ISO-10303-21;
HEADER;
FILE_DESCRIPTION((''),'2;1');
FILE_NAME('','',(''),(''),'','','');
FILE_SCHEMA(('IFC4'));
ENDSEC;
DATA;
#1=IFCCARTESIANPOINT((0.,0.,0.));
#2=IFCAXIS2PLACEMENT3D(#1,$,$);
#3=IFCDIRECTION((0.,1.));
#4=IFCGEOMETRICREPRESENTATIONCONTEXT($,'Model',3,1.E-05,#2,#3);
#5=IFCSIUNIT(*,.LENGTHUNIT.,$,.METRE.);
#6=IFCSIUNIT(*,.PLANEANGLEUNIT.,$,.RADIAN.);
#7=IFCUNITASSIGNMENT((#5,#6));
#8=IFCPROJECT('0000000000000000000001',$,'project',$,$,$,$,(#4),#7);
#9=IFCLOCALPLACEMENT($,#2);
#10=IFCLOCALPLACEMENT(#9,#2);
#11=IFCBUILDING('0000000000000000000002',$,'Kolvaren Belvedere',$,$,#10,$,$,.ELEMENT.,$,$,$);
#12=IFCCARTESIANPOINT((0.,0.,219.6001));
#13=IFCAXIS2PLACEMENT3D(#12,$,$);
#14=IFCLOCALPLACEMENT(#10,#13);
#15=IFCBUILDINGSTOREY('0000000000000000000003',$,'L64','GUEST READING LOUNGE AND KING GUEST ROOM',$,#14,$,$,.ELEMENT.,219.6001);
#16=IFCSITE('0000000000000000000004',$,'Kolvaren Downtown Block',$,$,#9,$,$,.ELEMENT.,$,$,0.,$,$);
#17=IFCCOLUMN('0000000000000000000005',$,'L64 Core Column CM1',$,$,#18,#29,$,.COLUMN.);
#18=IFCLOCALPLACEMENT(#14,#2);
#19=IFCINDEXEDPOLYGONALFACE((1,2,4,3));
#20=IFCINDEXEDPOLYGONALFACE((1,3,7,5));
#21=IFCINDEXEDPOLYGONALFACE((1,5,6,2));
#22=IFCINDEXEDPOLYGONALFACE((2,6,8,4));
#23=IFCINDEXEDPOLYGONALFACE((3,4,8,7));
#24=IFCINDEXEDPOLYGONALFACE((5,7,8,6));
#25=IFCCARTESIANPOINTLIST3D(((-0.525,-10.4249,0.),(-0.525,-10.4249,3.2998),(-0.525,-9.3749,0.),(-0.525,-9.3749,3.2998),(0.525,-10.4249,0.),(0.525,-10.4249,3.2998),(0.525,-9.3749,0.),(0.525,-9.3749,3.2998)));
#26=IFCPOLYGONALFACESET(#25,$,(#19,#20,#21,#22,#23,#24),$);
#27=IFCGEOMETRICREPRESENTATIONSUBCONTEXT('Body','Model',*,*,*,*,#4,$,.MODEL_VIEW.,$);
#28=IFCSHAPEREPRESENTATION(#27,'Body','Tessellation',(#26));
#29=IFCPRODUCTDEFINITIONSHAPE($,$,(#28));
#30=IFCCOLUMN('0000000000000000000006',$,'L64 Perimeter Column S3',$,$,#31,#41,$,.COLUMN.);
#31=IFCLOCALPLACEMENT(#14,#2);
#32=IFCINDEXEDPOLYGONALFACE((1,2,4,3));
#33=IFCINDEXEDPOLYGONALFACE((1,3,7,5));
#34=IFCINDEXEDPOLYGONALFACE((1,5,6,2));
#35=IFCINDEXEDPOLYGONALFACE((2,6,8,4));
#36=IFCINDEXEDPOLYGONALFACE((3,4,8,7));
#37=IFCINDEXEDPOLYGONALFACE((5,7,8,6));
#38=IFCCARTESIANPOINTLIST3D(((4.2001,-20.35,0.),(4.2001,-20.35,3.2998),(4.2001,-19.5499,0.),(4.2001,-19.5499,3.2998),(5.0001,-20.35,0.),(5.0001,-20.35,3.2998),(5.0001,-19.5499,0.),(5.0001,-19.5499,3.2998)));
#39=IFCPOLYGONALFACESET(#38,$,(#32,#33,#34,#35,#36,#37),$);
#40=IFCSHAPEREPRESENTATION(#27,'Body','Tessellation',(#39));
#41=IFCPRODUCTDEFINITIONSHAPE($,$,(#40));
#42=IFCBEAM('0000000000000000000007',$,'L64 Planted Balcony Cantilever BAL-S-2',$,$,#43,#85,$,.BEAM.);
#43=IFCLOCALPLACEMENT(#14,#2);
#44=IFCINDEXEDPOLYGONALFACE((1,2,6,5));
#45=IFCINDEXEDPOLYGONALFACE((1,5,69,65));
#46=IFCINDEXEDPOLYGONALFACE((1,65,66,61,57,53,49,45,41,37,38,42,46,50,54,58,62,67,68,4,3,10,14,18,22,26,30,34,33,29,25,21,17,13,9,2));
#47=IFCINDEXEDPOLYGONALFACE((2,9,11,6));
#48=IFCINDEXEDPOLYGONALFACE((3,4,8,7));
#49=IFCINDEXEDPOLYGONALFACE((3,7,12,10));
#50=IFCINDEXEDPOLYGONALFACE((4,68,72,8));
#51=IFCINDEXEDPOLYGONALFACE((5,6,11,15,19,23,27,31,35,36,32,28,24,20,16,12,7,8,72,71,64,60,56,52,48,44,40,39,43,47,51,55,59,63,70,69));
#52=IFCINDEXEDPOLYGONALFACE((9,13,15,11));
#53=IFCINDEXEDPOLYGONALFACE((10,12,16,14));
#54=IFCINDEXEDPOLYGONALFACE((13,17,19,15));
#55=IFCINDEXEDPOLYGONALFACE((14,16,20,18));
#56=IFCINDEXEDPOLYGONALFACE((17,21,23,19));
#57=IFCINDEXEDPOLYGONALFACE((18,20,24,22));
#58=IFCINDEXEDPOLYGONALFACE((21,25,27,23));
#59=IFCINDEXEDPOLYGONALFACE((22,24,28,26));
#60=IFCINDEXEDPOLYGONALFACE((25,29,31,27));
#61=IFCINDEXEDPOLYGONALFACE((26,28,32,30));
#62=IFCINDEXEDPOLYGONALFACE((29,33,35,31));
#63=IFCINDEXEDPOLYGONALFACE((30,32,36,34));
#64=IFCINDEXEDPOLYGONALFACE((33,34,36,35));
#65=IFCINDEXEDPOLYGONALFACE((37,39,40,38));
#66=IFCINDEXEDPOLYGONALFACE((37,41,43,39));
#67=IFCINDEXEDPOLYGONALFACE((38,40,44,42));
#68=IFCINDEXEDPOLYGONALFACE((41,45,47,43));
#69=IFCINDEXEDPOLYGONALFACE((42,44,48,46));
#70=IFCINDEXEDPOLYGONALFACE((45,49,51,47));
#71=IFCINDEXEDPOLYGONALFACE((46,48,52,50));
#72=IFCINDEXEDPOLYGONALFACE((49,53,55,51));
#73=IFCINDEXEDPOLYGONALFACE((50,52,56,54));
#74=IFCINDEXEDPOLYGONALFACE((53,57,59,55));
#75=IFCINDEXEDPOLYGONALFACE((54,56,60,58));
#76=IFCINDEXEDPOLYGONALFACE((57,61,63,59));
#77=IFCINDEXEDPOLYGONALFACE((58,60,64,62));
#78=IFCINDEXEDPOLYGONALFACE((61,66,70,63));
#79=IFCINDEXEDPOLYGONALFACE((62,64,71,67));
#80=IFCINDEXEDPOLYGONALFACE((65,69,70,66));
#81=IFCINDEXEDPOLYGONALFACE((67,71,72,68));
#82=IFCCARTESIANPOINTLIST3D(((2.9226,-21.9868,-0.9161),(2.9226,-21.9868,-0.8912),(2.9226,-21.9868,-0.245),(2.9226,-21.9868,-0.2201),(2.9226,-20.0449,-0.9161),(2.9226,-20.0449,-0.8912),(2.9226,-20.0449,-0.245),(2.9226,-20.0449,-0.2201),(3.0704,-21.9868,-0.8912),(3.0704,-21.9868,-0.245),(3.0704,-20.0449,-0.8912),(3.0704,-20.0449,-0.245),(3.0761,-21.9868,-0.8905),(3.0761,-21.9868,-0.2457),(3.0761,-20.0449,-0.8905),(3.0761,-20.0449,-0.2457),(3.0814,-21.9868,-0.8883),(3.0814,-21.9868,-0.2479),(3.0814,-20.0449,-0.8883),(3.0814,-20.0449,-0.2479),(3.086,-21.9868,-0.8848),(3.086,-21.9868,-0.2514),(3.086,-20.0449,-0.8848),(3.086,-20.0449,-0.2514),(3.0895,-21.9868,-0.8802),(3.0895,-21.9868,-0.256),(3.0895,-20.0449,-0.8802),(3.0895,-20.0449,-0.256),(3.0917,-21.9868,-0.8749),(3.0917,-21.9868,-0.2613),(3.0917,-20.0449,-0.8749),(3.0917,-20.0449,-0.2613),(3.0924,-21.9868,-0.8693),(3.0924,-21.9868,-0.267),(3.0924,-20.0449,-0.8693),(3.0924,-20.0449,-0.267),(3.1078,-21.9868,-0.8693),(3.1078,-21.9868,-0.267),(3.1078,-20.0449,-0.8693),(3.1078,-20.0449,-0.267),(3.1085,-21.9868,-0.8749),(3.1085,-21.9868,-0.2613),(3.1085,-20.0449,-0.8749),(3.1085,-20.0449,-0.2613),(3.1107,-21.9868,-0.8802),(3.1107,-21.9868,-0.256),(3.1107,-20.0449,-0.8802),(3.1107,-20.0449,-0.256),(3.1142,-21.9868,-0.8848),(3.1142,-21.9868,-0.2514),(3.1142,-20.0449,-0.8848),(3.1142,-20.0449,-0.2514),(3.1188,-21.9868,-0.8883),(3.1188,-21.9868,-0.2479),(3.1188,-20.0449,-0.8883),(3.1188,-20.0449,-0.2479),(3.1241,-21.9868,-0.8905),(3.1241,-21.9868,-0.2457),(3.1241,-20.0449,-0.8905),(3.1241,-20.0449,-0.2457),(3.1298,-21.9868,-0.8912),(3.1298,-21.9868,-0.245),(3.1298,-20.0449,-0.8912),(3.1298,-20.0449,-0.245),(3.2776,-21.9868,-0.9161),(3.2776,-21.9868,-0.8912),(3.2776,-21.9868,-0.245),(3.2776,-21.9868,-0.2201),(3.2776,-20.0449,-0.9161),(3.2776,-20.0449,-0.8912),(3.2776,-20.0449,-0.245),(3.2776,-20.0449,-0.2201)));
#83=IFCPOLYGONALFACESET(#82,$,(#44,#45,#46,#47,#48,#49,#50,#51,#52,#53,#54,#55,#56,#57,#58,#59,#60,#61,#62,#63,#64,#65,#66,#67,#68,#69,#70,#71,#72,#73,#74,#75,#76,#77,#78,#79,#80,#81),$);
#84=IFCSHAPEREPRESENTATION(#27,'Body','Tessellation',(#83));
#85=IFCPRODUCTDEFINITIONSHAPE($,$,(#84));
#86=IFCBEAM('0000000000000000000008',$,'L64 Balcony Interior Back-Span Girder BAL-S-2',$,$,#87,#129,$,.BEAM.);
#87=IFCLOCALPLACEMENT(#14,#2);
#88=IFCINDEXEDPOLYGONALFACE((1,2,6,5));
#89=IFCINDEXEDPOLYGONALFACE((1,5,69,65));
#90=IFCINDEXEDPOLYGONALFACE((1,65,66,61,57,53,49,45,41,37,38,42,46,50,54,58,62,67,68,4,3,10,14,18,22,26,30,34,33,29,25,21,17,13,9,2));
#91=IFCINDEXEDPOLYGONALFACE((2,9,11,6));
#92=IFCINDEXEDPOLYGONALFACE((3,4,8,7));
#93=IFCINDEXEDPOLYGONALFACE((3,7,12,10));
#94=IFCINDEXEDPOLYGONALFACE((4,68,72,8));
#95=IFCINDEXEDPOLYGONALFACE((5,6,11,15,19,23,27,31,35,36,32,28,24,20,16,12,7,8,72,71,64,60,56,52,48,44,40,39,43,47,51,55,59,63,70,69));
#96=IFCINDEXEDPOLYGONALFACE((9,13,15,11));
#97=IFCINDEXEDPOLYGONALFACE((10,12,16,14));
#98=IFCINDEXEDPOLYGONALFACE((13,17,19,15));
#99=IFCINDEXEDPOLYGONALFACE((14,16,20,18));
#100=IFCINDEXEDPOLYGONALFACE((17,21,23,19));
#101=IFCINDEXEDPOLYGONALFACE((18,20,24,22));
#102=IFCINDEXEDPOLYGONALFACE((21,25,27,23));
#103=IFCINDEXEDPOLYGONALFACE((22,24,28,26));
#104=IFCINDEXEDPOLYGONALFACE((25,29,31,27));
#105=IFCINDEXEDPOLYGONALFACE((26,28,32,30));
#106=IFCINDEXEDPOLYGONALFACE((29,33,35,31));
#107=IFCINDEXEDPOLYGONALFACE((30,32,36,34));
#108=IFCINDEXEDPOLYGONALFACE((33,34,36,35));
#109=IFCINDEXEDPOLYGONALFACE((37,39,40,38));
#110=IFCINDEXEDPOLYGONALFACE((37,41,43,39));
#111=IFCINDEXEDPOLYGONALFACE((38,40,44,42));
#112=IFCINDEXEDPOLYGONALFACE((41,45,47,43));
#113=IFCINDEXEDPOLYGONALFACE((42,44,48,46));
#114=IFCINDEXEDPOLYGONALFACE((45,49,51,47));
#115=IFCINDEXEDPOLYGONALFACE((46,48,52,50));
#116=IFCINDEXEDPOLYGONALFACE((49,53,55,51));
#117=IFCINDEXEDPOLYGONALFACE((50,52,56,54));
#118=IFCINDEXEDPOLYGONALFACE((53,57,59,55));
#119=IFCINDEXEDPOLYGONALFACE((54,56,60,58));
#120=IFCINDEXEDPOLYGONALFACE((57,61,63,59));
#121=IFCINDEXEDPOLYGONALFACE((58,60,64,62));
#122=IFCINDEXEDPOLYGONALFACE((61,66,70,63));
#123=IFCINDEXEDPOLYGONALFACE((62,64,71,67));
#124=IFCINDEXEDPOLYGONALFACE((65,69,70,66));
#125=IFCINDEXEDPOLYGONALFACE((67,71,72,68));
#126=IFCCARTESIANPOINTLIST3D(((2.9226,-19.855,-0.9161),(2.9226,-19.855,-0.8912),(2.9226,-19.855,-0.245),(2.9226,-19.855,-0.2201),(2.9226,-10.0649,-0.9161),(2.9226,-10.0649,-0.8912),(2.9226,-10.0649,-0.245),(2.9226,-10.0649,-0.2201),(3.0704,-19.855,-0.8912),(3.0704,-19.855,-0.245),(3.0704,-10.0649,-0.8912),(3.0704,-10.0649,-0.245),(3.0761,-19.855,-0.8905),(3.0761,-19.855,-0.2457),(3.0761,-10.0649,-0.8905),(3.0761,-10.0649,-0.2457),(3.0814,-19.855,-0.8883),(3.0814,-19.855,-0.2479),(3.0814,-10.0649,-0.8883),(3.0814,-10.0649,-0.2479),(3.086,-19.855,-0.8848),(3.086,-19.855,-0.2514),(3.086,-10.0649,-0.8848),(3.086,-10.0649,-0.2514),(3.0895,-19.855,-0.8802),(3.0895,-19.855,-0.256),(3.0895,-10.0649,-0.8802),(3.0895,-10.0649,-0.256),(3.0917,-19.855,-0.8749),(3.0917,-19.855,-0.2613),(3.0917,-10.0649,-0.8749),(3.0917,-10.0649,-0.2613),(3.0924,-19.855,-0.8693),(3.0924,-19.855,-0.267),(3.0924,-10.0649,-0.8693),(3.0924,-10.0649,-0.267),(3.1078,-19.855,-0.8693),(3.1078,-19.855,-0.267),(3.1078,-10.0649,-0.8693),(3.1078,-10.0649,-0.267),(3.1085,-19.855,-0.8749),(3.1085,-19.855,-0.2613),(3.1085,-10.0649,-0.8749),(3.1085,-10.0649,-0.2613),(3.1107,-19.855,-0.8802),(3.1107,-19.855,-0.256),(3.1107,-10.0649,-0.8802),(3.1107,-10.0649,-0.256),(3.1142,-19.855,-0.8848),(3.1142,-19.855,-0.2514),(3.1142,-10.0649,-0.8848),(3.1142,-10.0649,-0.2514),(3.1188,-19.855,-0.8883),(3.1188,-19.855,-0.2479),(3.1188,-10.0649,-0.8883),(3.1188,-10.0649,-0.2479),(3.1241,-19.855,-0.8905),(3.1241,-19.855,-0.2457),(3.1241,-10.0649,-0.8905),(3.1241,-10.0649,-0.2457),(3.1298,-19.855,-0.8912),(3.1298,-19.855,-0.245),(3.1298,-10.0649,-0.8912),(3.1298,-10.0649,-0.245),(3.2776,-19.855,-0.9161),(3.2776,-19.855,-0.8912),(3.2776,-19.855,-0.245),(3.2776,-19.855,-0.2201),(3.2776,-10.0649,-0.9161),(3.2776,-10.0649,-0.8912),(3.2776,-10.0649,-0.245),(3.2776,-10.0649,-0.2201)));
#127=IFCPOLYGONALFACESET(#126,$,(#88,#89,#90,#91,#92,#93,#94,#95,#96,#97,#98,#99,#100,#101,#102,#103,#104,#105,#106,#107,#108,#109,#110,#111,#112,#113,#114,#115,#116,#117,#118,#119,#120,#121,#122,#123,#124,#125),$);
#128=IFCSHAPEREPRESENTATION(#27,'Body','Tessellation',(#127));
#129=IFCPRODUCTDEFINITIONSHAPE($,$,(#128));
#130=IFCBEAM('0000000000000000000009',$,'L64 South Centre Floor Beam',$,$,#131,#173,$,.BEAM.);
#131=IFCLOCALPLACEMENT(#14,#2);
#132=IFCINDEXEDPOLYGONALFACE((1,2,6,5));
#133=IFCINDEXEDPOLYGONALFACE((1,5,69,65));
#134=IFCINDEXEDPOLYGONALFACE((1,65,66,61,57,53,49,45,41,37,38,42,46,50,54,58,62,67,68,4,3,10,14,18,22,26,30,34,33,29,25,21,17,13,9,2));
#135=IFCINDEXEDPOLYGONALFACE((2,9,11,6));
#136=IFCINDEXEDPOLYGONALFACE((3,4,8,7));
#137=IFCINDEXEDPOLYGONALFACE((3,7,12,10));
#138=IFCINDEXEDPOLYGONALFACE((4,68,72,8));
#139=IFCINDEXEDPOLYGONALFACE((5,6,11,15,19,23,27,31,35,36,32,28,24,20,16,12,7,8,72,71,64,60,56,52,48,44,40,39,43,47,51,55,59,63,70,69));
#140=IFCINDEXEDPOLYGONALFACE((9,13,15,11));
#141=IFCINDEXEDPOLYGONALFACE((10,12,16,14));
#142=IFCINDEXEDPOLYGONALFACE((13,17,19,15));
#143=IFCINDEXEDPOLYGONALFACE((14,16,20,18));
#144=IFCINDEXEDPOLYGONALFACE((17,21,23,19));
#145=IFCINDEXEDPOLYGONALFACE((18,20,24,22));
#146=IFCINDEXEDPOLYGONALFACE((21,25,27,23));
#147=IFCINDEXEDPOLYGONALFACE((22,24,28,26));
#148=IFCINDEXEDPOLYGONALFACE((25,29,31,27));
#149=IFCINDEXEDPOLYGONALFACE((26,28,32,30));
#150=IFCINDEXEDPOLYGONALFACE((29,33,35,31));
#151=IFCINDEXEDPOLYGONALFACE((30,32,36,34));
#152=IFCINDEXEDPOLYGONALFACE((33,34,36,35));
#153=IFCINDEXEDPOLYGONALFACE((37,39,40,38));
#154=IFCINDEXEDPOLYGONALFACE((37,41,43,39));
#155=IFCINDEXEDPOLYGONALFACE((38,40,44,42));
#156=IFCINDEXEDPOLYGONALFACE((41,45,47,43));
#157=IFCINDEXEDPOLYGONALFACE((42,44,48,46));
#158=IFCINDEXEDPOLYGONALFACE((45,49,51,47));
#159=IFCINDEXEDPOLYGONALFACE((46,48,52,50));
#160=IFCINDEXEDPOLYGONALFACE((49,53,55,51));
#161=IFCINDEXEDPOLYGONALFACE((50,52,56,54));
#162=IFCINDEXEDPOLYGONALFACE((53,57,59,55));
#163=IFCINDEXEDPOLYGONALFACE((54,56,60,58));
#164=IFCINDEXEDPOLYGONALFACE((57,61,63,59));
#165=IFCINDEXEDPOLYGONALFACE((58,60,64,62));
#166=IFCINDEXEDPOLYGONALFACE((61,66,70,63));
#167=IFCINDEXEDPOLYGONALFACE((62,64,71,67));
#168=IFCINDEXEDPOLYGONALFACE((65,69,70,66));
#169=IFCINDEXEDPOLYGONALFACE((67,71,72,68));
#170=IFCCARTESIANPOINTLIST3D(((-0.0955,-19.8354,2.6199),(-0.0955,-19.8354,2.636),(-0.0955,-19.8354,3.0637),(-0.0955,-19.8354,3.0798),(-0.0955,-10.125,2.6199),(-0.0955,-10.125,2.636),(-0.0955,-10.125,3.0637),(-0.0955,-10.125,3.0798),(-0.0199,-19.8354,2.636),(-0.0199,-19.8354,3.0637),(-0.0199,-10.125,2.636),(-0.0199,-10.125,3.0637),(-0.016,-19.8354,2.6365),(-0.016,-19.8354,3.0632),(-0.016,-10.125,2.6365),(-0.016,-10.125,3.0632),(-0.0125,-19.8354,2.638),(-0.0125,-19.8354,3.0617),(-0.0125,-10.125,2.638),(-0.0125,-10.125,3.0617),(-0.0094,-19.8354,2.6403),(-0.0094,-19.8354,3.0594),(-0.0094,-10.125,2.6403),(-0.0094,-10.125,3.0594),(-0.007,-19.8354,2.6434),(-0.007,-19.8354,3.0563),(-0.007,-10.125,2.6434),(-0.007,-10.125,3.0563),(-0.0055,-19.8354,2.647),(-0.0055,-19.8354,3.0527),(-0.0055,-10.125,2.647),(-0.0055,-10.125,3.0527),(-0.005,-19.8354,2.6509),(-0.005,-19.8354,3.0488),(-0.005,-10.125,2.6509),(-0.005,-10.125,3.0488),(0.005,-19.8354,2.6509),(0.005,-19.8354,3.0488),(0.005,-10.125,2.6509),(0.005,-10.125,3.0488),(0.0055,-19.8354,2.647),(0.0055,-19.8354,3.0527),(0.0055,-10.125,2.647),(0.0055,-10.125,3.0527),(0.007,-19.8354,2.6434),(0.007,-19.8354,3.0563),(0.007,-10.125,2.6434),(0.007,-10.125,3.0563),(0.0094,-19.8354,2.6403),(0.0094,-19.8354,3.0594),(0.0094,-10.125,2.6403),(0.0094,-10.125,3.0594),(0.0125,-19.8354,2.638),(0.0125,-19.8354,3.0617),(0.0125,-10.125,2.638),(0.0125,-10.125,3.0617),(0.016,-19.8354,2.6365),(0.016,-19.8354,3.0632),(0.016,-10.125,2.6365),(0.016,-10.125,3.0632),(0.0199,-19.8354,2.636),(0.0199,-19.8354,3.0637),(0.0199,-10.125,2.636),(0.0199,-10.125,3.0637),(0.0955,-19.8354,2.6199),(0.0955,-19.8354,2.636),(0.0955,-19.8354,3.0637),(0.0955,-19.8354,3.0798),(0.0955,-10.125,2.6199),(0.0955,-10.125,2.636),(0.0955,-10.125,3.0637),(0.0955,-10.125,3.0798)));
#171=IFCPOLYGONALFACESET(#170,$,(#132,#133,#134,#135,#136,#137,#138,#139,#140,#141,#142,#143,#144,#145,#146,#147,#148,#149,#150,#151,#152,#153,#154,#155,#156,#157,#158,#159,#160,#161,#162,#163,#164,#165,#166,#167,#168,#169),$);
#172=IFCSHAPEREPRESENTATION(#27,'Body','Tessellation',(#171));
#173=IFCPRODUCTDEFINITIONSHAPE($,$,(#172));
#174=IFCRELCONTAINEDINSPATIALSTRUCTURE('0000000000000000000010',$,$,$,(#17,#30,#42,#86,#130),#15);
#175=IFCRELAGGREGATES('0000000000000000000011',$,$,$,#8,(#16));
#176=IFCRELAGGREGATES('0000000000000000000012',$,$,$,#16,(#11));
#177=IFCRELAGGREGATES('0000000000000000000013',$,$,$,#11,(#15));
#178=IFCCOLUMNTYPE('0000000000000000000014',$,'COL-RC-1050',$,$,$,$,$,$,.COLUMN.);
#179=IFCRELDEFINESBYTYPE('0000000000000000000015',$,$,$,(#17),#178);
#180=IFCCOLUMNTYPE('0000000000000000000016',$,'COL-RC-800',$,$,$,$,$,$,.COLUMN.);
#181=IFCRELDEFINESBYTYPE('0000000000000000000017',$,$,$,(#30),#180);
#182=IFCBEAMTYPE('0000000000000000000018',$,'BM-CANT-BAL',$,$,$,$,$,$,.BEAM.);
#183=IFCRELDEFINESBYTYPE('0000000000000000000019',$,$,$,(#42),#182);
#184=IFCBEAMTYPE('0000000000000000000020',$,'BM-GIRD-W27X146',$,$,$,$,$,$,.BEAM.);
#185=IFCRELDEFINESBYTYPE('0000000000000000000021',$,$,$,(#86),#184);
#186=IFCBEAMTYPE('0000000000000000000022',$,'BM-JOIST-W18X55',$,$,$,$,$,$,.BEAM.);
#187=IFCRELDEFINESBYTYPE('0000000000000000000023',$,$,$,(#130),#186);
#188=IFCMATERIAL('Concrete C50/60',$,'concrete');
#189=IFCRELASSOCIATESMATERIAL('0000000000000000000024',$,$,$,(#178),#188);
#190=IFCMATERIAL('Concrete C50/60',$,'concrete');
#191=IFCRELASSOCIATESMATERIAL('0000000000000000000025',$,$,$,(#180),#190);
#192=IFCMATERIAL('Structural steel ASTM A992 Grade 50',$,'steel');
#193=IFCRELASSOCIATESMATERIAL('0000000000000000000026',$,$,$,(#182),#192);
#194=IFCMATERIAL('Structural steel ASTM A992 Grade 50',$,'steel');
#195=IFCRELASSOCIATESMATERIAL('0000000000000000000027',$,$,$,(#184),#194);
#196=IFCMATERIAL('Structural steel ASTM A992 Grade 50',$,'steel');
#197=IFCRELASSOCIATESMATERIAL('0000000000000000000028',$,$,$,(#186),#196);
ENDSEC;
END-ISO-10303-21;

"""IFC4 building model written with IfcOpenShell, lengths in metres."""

from ifc_helpers import new_model, si_unit, direction, frame, origin, origin_2d, place, context, subcontext, project, spatial, rectangle, i_section, extrude, material, material_profile, profile_set, type_object, element, save


model = new_model("IFC4")

# Units and contexts
model_context = context("Model", 3, precision=1e-05, world=origin(), true_north=direction((0.0, 1.0)))
body_context = subcontext(model_context, "Body", "Model", "MODEL_VIEW")
ifc_project = project(units=[si_unit("LENGTHUNIT", "METRE"), si_unit("PLANEANGLEUNIT", "RADIAN")], contexts=[model_context])

# Site, building, storey
site_placement = place(None, origin())
site = spatial("IfcSite", under=ifc_project, at=site_placement, Name="Kolvaren Downtown Block", CompositionType="ELEMENT", RefElevation=0.0)
building_placement = place(site_placement, origin())
building = spatial("IfcBuilding", under=site, at=building_placement, Name="Kolvaren Belvedere", CompositionType="ELEMENT")
storey_placement = place(building_placement, frame((0.0, 0.0, 219.6001)))
storey = spatial("IfcBuildingStorey", under=building, at=storey_placement, Name="L64", Description="GUEST READING LOUNGE AND KING GUEST ROOM", CompositionType="ELEMENT", Elevation=219.6001)

# Columns
ifc_material_1 = material(Name="Concrete C50/60", Category="concrete")
ifc_material_profile_1 = material_profile(ifc_material_1, rectangle(XDim=1.05, YDim=1.05, at=origin_2d()), Name="RC 1050X1050")
ifc_profile_set_1 = profile_set([ifc_material_profile_1], Name="Concrete C50/60")
column_type_1 = type_object("IfcColumnType", Name="COL-RC-1050", PredefinedType="COLUMN", material=ifc_profile_set_1)
column_1_placement = place(storey_placement, frame((0.0, -9.8999, 0.0), z_axis=(0.0, 0.0, 1.0), x_axis=(1.0, 0.0, 0.0)))
element("IfcColumn", 1, at=column_1_placement, inside=storey, type_object=column_type_1, Name="L64 Core Column CM1", PredefinedType="COLUMN", context=body_context, shape_type="SweptSolid", body=[
    extrude(rectangle(XDim=1.05, YDim=1.05, at=origin_2d()), origin(), (0.0, 0.0, 1.0), 3.2998),
])
ifc_material_2 = material(Name="Concrete C50/60", Category="concrete")
ifc_material_profile_2 = material_profile(ifc_material_2, rectangle(XDim=0.8, YDim=0.8, at=origin_2d()), Name="RC 800X800")
ifc_profile_set_2 = profile_set([ifc_material_profile_2], Name="Concrete C50/60")
column_type_2 = type_object("IfcColumnType", Name="COL-RC-800", PredefinedType="COLUMN", material=ifc_profile_set_2)
column_2_placement = place(storey_placement, frame((4.6001, -19.95, 0.0), z_axis=(0.0, 0.0, 1.0), x_axis=(1.0, 0.0, 0.0)))
element("IfcColumn", 2, at=column_2_placement, inside=storey, type_object=column_type_2, Name="L64 Perimeter Column S3", PredefinedType="COLUMN", context=body_context, shape_type="SweptSolid", body=[
    extrude(rectangle(XDim=0.8, YDim=0.8, at=origin_2d()), origin(), (0.0, 0.0, 1.0), 3.2998),
])

# Beams
ifc_material_3 = material(Name="Structural steel ASTM A992 Grade 50", Category="steel")
ifc_material_profile_3 = material_profile(ifc_material_3, i_section(OverallWidth=0.355, OverallDepth=0.696, WebThickness=0.0154, FlangeThickness=0.0249, FilletRadius=0.022, at=origin_2d()), Name="W27X146")
ifc_profile_set_3 = profile_set([ifc_material_profile_3], Name="Structural steel ASTM A992 Grade 50")
beam_type_1 = type_object("IfcBeamType", Name="BM-CANT-BAL", PredefinedType="BEAM", material=ifc_profile_set_3)
beam_1_placement = place(storey_placement, frame((3.1001, -20.0449, -0.5681), z_axis=(0.0, -1.0, 0.0), x_axis=(1.0, 0.0, 0.0)))
element("IfcBeam", 3, at=beam_1_placement, inside=storey, type_object=beam_type_1, Name="L64 Planted Balcony Cantilever BAL-S-2", PredefinedType="BEAM", context=body_context, shape_type="SweptSolid", body=[
    extrude(i_section(OverallWidth=0.355, OverallDepth=0.696, WebThickness=0.0154, FlangeThickness=0.0249, FilletRadius=0.022, at=origin_2d()), origin(), (0.0, 0.0, 1.0), 1.9419),
])
ifc_material_4 = material(Name="Structural steel ASTM A992 Grade 50", Category="steel")
ifc_material_profile_4 = material_profile(ifc_material_4, i_section(OverallWidth=0.355, OverallDepth=0.696, WebThickness=0.0154, FlangeThickness=0.0249, FilletRadius=0.022, at=origin_2d()), Name="W27X146")
ifc_profile_set_4 = profile_set([ifc_material_profile_4], Name="Structural steel ASTM A992 Grade 50")
beam_type_2 = type_object("IfcBeamType", Name="BM-GIRD-W27X146", PredefinedType="BEAM", material=ifc_profile_set_4)
beam_2_placement = place(storey_placement, frame((3.1001, -10.0649, -0.5681), z_axis=(0.0, -1.0, 0.0), x_axis=(1.0, 0.0, 0.0)))
element("IfcBeam", 4, at=beam_2_placement, inside=storey, type_object=beam_type_2, Name="L64 Balcony Interior Back-Span Girder BAL-S-2", PredefinedType="BEAM", context=body_context, shape_type="SweptSolid", body=[
    extrude(i_section(OverallWidth=0.355, OverallDepth=0.696, WebThickness=0.0154, FlangeThickness=0.0249, FilletRadius=0.022, at=origin_2d()), origin(), (0.0, 0.0, 1.0), 9.79),
])
ifc_material_5 = material(Name="Structural steel ASTM A992 Grade 50", Category="steel")
ifc_material_profile_5 = material_profile(ifc_material_5, i_section(OverallWidth=0.1909, OverallDepth=0.46, WebThickness=0.01, FlangeThickness=0.0161, FilletRadius=0.0149, at=origin_2d()), Name="W18X55")
ifc_profile_set_5 = profile_set([ifc_material_profile_5], Name="Structural steel ASTM A992 Grade 50")
beam_type_3 = type_object("IfcBeamType", Name="BM-JOIST-W18X55", PredefinedType="BEAM", material=ifc_profile_set_5)
beam_3_placement = place(storey_placement, frame((0.0, -10.125, 2.8499), z_axis=(0.0, -1.0, 0.0), x_axis=(1.0, 0.0, 0.0)))
element("IfcBeam", 5, at=beam_3_placement, inside=storey, type_object=beam_type_3, Name="L64 South Centre Floor Beam", PredefinedType="BEAM", context=body_context, shape_type="SweptSolid", body=[
    extrude(i_section(OverallWidth=0.1909, OverallDepth=0.46, WebThickness=0.01, FlangeThickness=0.0161, FilletRadius=0.0149, at=origin_2d()), origin(), (0.0, 0.0, 1.0), 9.7104),
])

save(model, "model.ifc")
